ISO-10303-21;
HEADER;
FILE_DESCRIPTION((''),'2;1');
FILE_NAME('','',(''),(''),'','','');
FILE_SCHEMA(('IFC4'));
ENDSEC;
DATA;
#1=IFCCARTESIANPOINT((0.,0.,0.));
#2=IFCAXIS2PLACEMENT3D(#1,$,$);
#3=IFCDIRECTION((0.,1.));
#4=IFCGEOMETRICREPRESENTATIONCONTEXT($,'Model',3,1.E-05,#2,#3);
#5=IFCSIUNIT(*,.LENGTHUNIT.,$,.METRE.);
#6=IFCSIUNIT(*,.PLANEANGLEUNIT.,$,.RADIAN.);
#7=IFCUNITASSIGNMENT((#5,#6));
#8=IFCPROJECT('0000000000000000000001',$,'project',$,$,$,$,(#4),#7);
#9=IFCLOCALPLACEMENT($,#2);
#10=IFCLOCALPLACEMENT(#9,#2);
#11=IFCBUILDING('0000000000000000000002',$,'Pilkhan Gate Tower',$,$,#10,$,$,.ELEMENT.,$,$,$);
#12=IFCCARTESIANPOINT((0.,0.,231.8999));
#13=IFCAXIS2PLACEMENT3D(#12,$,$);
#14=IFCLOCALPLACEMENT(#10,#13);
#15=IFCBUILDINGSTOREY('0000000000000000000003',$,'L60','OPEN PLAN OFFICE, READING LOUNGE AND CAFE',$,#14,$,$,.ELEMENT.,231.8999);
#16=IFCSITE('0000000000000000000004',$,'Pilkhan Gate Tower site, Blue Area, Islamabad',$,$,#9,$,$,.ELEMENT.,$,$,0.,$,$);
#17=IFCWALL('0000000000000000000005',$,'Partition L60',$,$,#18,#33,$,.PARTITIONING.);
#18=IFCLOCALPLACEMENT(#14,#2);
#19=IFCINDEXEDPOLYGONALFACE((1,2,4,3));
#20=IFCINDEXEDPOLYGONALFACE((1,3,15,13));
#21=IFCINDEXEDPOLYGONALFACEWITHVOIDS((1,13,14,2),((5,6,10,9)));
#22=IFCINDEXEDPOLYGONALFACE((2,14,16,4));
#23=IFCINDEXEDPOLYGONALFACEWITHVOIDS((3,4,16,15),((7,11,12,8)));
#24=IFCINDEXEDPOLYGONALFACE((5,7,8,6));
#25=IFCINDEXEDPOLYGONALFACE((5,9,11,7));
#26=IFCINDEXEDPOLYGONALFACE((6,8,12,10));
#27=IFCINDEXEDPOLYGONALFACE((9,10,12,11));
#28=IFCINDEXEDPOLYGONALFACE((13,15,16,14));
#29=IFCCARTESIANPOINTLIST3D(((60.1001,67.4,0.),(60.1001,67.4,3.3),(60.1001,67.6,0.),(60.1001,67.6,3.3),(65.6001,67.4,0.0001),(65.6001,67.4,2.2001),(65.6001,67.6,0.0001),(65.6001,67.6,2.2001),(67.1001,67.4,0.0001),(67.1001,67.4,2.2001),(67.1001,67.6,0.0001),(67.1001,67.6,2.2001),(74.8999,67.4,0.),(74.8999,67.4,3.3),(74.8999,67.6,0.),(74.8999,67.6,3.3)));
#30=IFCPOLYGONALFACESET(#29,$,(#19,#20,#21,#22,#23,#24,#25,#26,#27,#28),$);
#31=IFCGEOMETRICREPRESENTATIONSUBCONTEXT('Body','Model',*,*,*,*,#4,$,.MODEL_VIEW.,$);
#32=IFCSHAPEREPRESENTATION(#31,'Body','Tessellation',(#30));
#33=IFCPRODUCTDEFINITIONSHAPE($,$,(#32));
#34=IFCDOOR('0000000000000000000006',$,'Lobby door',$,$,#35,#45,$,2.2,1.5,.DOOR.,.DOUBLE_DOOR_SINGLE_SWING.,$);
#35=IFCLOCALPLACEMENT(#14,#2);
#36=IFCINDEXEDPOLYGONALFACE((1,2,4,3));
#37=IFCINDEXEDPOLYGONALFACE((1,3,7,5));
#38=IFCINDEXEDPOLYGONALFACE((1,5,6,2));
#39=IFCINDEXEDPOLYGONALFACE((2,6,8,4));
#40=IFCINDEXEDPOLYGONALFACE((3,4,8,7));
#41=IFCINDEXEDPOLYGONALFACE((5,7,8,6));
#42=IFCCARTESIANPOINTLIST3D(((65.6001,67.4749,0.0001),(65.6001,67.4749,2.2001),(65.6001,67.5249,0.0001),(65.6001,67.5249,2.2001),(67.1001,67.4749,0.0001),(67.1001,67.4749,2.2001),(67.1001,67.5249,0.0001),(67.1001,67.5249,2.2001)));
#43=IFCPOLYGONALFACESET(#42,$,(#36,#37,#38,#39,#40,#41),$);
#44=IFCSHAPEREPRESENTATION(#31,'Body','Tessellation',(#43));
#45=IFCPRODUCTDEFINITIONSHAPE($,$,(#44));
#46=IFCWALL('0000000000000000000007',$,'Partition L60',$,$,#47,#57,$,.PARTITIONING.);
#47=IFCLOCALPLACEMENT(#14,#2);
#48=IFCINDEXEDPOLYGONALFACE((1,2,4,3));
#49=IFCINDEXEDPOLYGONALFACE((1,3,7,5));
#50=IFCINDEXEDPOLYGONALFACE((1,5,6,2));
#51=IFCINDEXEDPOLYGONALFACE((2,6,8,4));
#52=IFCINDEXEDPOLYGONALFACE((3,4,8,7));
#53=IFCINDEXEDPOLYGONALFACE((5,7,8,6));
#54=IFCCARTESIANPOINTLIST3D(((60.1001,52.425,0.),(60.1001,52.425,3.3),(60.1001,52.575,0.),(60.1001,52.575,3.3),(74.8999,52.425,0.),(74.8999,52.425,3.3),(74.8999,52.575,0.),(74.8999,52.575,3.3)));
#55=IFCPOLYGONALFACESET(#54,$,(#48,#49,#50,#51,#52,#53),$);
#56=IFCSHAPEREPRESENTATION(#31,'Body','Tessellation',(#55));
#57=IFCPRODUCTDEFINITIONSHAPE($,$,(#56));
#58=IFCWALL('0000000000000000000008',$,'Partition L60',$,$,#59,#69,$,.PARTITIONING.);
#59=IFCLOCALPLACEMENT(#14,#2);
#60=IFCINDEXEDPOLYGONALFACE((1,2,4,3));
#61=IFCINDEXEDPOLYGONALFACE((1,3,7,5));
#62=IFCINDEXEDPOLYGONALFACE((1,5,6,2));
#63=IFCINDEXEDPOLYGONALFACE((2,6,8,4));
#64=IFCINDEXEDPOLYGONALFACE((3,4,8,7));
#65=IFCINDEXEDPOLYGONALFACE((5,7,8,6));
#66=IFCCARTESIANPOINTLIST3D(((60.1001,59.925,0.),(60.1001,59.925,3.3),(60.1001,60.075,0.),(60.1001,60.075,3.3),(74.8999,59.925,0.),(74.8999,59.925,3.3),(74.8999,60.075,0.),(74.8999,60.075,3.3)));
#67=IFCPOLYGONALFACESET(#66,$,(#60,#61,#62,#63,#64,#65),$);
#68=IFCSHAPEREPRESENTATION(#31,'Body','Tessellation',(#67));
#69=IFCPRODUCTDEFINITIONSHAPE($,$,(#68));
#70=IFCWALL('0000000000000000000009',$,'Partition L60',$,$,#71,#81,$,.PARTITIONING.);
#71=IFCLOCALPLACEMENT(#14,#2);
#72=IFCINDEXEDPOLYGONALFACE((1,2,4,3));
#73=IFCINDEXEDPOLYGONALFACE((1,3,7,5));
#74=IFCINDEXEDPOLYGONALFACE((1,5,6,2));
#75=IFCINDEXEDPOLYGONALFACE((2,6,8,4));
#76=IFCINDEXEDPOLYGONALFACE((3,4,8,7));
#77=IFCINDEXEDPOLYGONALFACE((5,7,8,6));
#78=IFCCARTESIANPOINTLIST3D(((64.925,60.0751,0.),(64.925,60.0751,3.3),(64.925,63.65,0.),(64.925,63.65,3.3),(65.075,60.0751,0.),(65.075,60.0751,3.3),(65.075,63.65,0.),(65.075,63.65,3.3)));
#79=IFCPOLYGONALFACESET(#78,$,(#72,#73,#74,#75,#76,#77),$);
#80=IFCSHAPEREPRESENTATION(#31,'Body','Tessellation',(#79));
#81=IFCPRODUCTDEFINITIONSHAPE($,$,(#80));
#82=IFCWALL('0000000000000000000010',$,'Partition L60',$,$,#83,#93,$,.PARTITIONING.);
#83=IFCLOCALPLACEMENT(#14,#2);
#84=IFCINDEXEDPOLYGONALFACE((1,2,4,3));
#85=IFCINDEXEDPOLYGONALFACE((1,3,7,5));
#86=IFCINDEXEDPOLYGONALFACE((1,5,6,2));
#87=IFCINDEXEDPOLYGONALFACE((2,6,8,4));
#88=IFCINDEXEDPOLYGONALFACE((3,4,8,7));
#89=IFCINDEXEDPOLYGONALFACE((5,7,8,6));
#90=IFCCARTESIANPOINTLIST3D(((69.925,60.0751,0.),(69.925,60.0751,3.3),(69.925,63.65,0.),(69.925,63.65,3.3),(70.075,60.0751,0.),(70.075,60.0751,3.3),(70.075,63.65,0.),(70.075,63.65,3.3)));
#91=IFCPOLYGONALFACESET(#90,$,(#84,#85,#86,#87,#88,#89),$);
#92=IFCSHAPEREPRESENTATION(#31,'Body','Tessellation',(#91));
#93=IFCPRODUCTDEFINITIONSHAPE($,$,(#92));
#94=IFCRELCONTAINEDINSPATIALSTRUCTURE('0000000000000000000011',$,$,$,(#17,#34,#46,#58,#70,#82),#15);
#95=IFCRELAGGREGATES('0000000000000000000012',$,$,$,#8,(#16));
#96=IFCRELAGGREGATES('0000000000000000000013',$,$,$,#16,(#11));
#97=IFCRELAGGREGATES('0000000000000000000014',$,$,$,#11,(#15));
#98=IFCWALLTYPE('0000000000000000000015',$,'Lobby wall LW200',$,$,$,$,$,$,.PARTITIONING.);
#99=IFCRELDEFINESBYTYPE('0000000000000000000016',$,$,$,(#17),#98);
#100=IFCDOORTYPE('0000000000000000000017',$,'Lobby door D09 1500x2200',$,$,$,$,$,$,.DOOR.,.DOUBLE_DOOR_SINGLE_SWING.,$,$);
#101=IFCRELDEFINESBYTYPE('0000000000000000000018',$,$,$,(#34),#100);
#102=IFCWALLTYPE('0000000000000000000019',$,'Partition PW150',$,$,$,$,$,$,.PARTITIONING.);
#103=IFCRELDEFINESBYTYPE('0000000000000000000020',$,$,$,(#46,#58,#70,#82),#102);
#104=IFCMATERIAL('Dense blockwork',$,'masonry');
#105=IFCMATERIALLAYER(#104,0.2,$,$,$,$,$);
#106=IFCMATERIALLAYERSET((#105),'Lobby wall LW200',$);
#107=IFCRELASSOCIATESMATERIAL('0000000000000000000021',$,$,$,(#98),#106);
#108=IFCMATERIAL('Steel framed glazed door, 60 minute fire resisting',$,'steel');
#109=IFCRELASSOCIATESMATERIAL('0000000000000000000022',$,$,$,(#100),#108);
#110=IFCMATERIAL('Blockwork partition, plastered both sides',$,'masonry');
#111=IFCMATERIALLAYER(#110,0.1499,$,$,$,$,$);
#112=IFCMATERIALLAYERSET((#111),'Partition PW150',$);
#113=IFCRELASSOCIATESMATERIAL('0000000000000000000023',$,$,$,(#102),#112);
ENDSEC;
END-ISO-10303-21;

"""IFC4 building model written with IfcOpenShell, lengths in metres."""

from ifc_helpers import new_model, si_unit, direction, frame, frame_2d, origin, place, context, subcontext, project, spatial, rectangle, extrude, material, layer, layer_set, type_object, element, fill, save


model = new_model("IFC4")

# Units and contexts
model_context = context("Model", 3, precision=1e-05, world=origin(), true_north=direction((0.0, 1.0)))
body_context = subcontext(model_context, "Body", "Model", "MODEL_VIEW")
ifc_project = project(units=[si_unit("LENGTHUNIT", "METRE"), si_unit("PLANEANGLEUNIT", "RADIAN")], contexts=[model_context])

# Site, building, storey
site_placement = place(None, origin())
site = spatial("IfcSite", under=ifc_project, at=site_placement, Name="Pilkhan Gate Tower site, Blue Area, Islamabad", CompositionType="ELEMENT", RefElevation=0.0)
building_placement = place(site_placement, origin())
building = spatial("IfcBuilding", under=site, at=building_placement, Name="Pilkhan Gate Tower", CompositionType="ELEMENT")
storey_placement = place(building_placement, frame((0.0, 0.0, 231.8999)))
storey = spatial("IfcBuildingStorey", under=building, at=storey_placement, Name="L60", Description="OPEN PLAN OFFICE, READING LOUNGE AND CAFE", CompositionType="ELEMENT", Elevation=231.8999)

# Shared definitions
ifc_material_1 = material(Name="Dense blockwork", Category="masonry")
ifc_layer_1 = layer(ifc_material_1, 0.2)
ifc_layer_set_1 = layer_set([ifc_layer_1], Name="Lobby wall LW200")
wall_type_1 = type_object("IfcWallType", Name="Lobby wall LW200", PredefinedType="PARTITIONING", material=ifc_layer_set_1)

# Wall, opening, door
wall_1_placement = place(storey_placement, frame((60.1001, 67.5, 0.0), z_axis=(0.0, 0.0, 1.0), x_axis=(1.0, 0.0, 0.0)))
wall_1 = element("IfcWall", 1, at=wall_1_placement, inside=storey, type_object=wall_type_1, Name="Partition L60", PredefinedType="PARTITIONING", context=body_context, shape_type="SweptSolid", body=[
    extrude(rectangle(XDim=14.7998, YDim=0.2, at=frame_2d((7.3999, 0.0))), origin(), (0.0, 0.0, 1.0), 3.3),
])
opening_1_placement = place(wall_1_placement, frame((5.5, 0.0, 0.0)))
opening_1 = element("IfcOpeningElement", 2, at=opening_1_placement, cuts=wall_1, PredefinedType="OPENING", context=body_context, shape_type="SweptSolid", body=[
    extrude(rectangle(XDim=1.5, YDim=2.2, at=frame_2d((0.75, 1.1001))), frame((0.0, 0.1099, 0.0), z_axis=(0.0, -1.0, 0.0), x_axis=(1.0, 0.0, 0.0)), (0.0, 0.0, 1.0), 0.22),
])
ifc_material_2 = material(Name="Steel framed glazed door, 60 minute fire resisting", Category="steel")
door_type_1 = type_object("IfcDoorType", Name="Lobby door D09 1500x2200", OperationType="DOUBLE_DOOR_SINGLE_SWING", PredefinedType="DOOR", material=ifc_material_2)
door_1_placement = place(opening_1_placement, origin())
door_1 = element("IfcDoor", 3, at=door_1_placement, inside=storey, type_object=door_type_1, Name="Lobby door", OperationType="DOUBLE_DOOR_SINGLE_SWING", OverallHeight=2.2, OverallWidth=1.5, PredefinedType="DOOR", context=body_context, shape_type="SweptSolid", body=[
    extrude(rectangle(XDim=1.5, YDim=2.2, at=frame_2d((0.75, 1.1001))), frame((0.0, 0.0249, 0.0), z_axis=(0.0, -1.0, 0.0), x_axis=(1.0, 0.0, 0.0)), (0.0, 0.0, 1.0), 0.05),
])
fill(opening_1, door_1)

# Walls
ifc_material_3 = material(Name="Blockwork partition, plastered both sides", Category="masonry")
ifc_layer_2 = layer(ifc_material_3, 0.1499)
ifc_layer_set_2 = layer_set([ifc_layer_2], Name="Partition PW150")
wall_type_2 = type_object("IfcWallType", Name="Partition PW150", PredefinedType="PARTITIONING", material=ifc_layer_set_2)
for number, where, z_axis, x_axis, name in (
    (4, (60.1001, 52.5, 0.0), (0.0, 0.0, 1.0), (1.0, 0.0, 0.0), "Partition L60"),
    (5, (60.1001, 60.0, 0.0), (0.0, 0.0, 1.0), (1.0, 0.0, 0.0), "Partition L60"),
):
    element("IfcWall", number, at=place(storey_placement, frame(where, z_axis=z_axis, x_axis=x_axis)), inside=storey, type_object=wall_type_2, Name=name, PredefinedType="PARTITIONING", context=body_context, shape_type="SweptSolid", body=[
        extrude(rectangle(XDim=14.7998, YDim=0.1499, at=frame_2d((7.3999, 0.0))), origin(), (0.0, 0.0, 1.0), 3.3),
    ])
for number, where, z_axis, x_axis, name in (
    (6, (65.0, 60.075, 0.0), (0.0, 0.0, 1.0), (0.0, 1.0, 0.0), "Partition L60"),
    (7, (70.0, 60.075, 0.0), (0.0, 0.0, 1.0), (0.0, 1.0, 0.0), "Partition L60"),
):
    element("IfcWall", number, at=place(storey_placement, frame(where, z_axis=z_axis, x_axis=x_axis)), inside=storey, type_object=wall_type_2, Name=name, PredefinedType="PARTITIONING", context=body_context, shape_type="SweptSolid", body=[
        extrude(rectangle(XDim=3.575, YDim=0.1499, at=frame_2d((1.7876, 0.0))), origin(), (0.0, 0.0, 1.0), 3.3),
    ])

save(model, "model.ifc")
